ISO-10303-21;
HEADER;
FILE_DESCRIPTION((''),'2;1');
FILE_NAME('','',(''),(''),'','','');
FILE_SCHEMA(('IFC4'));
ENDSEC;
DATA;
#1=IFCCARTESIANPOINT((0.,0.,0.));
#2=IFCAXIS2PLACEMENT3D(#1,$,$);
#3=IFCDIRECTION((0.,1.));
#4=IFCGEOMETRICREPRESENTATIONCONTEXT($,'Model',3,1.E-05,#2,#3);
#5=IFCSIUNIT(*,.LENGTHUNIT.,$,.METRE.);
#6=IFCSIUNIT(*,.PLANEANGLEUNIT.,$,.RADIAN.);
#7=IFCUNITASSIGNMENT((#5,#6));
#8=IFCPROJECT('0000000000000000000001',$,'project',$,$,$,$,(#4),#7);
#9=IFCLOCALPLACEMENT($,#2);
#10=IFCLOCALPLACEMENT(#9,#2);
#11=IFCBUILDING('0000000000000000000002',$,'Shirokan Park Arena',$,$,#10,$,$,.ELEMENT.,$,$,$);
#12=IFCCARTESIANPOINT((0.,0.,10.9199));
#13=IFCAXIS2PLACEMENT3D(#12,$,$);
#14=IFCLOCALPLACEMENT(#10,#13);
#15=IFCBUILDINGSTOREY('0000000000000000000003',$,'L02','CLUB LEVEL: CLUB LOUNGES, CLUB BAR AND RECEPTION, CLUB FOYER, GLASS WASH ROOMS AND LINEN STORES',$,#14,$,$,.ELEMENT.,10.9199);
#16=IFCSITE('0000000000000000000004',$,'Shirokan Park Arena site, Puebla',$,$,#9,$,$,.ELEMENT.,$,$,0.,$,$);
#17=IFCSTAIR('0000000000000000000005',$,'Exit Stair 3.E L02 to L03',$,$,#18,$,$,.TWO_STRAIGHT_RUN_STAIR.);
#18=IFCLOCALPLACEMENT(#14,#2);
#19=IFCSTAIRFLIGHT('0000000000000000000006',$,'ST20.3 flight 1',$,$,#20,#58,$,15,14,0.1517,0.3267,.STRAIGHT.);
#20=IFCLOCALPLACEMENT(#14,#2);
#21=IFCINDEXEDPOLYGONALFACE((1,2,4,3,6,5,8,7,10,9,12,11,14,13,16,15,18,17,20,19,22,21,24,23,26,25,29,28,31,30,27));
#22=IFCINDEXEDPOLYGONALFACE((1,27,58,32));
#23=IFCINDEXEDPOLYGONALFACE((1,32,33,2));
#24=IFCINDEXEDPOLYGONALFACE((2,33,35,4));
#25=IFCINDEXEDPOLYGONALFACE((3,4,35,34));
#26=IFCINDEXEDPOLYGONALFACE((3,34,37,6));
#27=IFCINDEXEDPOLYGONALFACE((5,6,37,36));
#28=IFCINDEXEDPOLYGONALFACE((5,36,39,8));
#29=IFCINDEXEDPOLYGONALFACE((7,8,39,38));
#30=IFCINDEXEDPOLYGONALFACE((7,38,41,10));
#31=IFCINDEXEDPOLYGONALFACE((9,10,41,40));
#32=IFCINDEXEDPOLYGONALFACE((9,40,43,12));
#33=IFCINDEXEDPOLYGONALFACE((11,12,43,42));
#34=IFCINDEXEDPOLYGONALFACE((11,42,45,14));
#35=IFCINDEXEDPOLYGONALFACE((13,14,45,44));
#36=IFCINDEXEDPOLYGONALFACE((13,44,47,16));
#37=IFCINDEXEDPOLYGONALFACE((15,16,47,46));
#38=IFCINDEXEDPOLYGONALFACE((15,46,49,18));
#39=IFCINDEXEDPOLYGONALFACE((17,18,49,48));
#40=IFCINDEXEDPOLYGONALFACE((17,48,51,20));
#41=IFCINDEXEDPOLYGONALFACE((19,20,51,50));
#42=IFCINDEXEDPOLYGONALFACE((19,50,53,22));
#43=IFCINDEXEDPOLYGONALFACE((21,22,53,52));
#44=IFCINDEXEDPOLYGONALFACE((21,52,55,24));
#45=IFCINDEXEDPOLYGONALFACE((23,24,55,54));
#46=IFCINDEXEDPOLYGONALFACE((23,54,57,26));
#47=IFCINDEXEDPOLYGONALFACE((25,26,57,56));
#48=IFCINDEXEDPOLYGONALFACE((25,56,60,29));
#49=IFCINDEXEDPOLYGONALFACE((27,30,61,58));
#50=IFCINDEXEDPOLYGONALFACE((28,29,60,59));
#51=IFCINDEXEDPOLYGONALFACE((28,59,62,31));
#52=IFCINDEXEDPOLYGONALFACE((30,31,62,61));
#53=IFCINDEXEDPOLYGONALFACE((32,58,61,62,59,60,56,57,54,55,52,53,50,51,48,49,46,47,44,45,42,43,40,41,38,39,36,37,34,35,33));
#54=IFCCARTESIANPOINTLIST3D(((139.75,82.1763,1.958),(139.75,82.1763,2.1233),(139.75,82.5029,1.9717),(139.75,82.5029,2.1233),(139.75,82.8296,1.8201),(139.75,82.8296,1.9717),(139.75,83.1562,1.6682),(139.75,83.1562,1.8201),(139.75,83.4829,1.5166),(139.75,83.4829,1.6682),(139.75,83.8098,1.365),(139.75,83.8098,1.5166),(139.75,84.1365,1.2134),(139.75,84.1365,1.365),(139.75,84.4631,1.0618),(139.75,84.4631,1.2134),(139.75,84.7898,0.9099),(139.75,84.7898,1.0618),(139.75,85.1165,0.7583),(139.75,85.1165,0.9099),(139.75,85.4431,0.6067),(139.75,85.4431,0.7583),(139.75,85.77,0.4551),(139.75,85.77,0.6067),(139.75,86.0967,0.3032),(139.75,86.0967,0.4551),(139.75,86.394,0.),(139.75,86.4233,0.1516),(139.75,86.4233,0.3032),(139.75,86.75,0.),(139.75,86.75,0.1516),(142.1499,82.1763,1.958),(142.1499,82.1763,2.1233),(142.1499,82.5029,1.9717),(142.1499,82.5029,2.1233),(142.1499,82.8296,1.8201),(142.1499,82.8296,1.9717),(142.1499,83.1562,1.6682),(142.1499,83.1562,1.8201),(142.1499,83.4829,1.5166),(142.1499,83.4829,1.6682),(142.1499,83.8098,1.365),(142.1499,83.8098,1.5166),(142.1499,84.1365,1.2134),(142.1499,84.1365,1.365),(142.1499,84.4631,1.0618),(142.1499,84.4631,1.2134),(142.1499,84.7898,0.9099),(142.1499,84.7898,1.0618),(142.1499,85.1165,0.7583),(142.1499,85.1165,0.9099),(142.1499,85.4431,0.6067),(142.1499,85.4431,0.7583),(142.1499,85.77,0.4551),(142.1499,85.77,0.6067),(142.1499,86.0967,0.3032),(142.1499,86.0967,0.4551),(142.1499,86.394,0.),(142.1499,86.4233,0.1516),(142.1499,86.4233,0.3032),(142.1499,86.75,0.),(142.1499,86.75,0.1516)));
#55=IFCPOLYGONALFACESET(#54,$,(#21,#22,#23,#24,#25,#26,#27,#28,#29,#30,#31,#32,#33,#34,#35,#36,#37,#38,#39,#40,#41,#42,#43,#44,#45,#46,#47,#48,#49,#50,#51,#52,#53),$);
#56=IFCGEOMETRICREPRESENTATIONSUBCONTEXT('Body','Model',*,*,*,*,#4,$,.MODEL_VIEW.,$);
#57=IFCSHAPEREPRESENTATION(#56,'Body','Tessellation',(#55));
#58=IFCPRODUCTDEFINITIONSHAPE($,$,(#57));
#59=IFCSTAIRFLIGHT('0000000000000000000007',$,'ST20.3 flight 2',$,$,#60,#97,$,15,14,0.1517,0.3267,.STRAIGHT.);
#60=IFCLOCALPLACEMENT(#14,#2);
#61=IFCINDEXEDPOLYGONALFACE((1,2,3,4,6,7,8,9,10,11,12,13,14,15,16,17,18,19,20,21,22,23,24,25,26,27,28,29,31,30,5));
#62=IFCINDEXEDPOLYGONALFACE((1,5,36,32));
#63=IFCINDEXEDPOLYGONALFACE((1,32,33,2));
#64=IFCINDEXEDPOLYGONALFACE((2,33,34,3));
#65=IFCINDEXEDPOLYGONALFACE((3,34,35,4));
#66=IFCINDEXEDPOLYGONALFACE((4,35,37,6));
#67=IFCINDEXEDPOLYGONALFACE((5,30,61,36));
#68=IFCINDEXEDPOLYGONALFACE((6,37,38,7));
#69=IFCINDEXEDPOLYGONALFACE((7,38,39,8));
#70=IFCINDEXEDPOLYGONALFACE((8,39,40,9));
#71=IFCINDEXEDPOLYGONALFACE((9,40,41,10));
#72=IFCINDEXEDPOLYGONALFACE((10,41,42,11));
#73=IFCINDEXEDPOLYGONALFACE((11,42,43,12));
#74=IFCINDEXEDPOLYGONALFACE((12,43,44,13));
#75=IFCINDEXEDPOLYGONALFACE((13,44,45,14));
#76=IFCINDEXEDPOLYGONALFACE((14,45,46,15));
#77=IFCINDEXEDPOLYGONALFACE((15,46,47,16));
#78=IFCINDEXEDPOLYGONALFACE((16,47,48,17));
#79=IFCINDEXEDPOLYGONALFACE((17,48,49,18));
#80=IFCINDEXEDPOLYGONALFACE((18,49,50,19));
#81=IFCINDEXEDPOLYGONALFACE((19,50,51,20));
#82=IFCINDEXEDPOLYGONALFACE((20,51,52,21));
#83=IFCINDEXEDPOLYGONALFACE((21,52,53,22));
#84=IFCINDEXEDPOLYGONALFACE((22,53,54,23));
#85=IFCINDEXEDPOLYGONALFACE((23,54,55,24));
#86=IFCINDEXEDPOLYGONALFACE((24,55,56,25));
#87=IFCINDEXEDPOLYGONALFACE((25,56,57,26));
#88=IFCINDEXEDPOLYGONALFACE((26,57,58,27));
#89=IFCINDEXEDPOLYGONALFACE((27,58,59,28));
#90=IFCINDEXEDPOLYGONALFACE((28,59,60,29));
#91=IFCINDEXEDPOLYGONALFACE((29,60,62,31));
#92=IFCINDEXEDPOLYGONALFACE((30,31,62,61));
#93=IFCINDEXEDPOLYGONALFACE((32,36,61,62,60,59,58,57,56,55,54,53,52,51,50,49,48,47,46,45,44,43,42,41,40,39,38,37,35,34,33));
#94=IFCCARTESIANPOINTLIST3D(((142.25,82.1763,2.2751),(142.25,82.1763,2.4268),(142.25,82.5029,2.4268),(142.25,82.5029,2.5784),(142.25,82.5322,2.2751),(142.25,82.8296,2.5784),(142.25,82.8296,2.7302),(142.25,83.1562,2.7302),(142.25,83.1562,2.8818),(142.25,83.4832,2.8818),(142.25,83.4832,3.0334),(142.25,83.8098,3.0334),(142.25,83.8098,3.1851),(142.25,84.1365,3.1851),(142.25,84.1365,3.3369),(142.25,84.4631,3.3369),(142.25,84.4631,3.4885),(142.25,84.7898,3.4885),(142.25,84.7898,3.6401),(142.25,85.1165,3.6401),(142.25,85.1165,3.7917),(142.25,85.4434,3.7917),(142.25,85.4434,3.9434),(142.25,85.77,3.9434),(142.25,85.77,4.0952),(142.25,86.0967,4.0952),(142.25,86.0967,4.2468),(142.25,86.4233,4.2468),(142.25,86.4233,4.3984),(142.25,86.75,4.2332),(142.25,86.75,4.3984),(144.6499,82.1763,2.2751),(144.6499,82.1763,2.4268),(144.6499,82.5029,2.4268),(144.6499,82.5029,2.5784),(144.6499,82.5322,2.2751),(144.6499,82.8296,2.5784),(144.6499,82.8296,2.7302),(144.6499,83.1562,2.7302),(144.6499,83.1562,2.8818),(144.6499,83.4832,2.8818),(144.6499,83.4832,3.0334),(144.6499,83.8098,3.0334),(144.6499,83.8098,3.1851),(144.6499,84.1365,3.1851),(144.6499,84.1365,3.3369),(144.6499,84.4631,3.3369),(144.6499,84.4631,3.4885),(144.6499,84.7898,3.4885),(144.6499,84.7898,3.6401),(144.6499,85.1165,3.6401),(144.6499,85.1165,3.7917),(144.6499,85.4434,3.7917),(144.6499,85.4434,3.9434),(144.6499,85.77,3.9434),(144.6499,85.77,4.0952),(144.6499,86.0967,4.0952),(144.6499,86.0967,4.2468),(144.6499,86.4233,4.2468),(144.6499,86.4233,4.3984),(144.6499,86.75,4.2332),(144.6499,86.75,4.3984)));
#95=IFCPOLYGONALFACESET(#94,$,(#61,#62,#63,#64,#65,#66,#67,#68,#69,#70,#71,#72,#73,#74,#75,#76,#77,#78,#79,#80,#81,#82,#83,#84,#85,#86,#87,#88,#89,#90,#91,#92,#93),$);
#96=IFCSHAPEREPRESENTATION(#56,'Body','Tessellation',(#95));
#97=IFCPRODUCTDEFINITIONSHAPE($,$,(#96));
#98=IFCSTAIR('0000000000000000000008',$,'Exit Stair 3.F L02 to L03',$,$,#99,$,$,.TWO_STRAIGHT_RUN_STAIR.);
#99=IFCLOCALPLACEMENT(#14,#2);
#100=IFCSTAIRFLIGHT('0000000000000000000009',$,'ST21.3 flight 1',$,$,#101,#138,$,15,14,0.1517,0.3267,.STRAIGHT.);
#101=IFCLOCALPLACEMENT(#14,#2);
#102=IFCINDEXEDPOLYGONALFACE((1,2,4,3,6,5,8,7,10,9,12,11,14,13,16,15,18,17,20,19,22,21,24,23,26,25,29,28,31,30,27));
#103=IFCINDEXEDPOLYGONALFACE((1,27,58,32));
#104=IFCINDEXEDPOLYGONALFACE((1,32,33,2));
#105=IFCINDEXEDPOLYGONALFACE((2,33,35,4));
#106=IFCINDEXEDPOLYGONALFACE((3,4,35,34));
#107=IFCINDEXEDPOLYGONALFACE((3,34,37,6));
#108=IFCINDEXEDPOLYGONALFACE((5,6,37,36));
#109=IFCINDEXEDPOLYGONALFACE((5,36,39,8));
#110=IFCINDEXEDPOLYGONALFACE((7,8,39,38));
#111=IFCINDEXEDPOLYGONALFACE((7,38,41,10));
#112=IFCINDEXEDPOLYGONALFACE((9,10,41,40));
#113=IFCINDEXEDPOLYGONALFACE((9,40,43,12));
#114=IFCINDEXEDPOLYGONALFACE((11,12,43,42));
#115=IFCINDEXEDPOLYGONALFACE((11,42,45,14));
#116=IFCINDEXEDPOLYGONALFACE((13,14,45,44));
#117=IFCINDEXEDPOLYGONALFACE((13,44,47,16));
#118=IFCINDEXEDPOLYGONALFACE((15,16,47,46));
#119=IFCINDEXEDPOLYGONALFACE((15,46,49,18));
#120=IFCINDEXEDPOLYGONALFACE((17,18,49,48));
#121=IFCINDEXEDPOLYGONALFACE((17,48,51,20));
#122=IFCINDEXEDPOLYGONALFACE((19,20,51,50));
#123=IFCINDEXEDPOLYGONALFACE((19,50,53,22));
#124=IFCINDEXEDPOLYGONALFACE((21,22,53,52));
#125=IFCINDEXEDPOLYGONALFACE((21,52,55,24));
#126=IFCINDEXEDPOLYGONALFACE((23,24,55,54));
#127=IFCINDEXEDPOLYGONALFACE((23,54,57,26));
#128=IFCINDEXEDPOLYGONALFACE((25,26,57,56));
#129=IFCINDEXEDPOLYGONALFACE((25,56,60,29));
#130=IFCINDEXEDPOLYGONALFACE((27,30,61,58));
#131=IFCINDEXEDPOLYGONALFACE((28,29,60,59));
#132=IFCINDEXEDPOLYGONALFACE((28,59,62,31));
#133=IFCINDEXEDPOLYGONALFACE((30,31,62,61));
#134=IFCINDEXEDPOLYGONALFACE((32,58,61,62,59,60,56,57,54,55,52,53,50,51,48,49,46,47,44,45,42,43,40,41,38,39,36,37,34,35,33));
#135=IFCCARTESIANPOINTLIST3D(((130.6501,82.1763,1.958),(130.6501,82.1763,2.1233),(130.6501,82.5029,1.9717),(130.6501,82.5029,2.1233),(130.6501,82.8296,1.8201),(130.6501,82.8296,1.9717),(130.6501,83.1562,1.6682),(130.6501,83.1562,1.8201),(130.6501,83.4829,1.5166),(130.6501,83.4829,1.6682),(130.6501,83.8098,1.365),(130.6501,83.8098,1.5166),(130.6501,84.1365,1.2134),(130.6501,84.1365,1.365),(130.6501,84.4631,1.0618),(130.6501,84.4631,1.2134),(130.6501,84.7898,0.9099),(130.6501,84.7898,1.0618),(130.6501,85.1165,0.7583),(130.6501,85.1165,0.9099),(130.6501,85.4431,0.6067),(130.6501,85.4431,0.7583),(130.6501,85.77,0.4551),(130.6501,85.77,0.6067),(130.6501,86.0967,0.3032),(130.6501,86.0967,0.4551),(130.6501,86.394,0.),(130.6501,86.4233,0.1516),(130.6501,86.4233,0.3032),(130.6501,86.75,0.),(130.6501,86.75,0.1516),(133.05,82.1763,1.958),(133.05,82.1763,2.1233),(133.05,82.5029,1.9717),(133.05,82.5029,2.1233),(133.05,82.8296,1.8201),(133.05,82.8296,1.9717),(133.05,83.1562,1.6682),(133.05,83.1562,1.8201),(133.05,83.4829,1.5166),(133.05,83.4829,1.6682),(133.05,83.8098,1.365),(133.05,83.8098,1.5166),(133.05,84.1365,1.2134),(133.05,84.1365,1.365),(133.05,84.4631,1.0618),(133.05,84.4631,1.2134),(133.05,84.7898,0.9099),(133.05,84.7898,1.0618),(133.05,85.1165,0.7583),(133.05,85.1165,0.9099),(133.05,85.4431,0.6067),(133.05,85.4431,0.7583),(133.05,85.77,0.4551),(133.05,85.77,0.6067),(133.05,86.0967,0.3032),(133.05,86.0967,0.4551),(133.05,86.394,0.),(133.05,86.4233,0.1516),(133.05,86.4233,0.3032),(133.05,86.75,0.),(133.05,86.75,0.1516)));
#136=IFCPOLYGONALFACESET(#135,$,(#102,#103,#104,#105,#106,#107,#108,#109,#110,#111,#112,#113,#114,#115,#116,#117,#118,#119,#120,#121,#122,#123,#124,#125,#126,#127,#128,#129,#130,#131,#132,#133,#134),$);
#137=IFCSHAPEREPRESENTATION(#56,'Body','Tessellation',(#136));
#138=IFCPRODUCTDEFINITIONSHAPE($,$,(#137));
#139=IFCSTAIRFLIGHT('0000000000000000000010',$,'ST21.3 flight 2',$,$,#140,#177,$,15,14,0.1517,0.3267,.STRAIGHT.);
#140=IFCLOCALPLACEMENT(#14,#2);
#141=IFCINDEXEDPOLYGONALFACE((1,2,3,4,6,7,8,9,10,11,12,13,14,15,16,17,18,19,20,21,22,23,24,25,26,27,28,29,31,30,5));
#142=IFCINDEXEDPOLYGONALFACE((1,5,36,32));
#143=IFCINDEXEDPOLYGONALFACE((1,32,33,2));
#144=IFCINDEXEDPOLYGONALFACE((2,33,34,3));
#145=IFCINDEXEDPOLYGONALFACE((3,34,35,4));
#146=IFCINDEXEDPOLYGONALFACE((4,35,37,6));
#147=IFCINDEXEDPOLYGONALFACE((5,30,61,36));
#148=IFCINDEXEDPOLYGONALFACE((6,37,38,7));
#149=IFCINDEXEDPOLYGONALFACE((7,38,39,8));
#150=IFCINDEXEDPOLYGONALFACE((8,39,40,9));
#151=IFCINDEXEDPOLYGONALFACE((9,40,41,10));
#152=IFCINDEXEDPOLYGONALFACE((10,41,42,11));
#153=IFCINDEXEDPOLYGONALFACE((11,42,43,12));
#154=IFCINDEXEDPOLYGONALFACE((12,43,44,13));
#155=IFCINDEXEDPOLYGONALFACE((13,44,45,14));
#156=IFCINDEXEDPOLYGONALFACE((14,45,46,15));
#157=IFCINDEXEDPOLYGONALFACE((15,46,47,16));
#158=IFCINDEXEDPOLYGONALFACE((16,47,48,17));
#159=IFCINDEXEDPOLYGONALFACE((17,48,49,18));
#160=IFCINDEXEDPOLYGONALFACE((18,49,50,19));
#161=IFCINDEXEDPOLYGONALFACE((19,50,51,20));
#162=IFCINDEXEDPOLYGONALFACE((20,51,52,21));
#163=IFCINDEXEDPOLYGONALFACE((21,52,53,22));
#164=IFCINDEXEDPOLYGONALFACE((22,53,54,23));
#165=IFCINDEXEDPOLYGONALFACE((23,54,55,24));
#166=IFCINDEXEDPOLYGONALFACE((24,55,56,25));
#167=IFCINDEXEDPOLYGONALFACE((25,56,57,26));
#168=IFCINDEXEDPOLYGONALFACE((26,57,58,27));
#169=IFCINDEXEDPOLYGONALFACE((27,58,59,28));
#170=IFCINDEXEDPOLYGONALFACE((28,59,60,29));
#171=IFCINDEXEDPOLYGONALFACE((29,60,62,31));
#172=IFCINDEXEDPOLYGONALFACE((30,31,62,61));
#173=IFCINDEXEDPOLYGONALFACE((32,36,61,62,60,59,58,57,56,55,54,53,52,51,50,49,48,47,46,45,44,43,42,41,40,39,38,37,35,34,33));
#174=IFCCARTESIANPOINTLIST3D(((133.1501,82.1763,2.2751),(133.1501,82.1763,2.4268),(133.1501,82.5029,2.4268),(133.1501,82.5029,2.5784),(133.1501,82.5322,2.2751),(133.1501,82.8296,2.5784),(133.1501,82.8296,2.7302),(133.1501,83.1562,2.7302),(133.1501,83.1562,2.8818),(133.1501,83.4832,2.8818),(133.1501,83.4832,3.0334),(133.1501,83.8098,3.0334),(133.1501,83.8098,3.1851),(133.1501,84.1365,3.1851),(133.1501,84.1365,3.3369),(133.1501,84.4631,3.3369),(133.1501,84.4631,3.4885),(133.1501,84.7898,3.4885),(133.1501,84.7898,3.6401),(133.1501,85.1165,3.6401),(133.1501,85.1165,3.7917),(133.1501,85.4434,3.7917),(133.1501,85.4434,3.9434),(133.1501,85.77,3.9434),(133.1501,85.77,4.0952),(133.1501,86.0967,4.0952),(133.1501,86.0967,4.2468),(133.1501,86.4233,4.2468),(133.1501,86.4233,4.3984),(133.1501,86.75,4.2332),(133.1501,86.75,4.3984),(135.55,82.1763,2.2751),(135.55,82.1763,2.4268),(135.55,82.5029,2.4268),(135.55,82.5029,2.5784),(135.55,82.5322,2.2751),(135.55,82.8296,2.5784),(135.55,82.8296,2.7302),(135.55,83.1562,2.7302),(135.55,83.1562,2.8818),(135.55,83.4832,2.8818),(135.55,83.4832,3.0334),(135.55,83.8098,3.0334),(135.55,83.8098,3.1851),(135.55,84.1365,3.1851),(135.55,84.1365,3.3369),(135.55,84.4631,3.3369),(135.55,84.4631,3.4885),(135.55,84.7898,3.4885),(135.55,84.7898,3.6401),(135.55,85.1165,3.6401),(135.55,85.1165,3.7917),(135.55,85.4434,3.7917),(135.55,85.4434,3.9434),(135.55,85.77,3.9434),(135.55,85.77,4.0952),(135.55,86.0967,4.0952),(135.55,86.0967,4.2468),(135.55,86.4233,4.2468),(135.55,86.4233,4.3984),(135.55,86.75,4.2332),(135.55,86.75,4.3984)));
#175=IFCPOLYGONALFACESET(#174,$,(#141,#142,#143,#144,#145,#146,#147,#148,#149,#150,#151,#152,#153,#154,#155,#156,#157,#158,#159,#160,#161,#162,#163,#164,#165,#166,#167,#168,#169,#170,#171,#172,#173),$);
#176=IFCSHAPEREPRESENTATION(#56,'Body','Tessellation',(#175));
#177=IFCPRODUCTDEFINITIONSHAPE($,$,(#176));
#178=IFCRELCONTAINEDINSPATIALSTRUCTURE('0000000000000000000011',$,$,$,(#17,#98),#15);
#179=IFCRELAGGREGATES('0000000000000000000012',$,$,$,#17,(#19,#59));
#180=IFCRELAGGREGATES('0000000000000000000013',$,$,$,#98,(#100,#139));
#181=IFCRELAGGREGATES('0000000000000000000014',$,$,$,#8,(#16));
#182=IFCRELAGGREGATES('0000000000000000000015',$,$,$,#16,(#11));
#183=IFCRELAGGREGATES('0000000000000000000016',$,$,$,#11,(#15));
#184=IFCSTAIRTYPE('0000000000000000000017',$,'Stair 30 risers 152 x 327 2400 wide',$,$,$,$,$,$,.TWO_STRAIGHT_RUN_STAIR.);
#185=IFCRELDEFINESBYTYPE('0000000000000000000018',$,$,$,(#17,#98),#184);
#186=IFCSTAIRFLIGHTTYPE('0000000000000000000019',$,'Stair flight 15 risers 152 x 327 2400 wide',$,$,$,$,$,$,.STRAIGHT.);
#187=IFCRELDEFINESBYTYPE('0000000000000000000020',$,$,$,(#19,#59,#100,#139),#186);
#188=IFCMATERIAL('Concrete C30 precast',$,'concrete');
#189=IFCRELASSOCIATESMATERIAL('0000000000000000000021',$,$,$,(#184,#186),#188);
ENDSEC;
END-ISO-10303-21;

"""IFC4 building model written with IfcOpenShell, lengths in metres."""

from ifc_helpers import new_model, si_unit, direction, frame, origin, place, context, subcontext, project, spatial, polyline, outline, extrude, material, type_object, element, aggregate, save


model = new_model("IFC4")

# Units and contexts
model_context = context("Model", 3, precision=1e-05, world=origin(), true_north=direction((0.0, 1.0)))
body_context = subcontext(model_context, "Body", "Model", "MODEL_VIEW")
ifc_project = project(units=[si_unit("LENGTHUNIT", "METRE"), si_unit("PLANEANGLEUNIT", "RADIAN")], contexts=[model_context])

# Site, building, storey
site_placement = place(None, origin())
site = spatial("IfcSite", under=ifc_project, at=site_placement, Name="Shirokan Park Arena site, Puebla", CompositionType="ELEMENT", RefElevation=0.0)
building_placement = place(site_placement, origin())
building = spatial("IfcBuilding", under=site, at=building_placement, Name="Shirokan Park Arena", CompositionType="ELEMENT")
storey_placement = place(building_placement, frame((0.0, 0.0, 10.9199)))
storey = spatial("IfcBuildingStorey", under=building, at=storey_placement, Name="L02", Description="CLUB LEVEL: CLUB LOUNGES, CLUB BAR AND RECEPTION, CLUB FOYER, GLASS WASH ROOMS AND LINEN STORES", CompositionType="ELEMENT", Elevation=10.9199)

# Stairs, stair flights
ifc_material_1 = material(Name="Concrete C30 precast", Category="concrete")
stair_type = type_object("IfcStairType", Name="Stair 30 risers 152 x 327 2400 wide", PredefinedType="TWO_STRAIGHT_RUN_STAIR", material=ifc_material_1)
stair_1_placement = place(storey_placement, origin())
stair_1 = element("IfcStair", 1, at=stair_1_placement, inside=storey, type_object=stair_type, Name="Exit Stair 3.E L02 to L03", PredefinedType="TWO_STRAIGHT_RUN_STAIR")
stair_flight_type = type_object("IfcStairFlightType", Name="Stair flight 15 risers 152 x 327 2400 wide", PredefinedType="STRAIGHT", material=ifc_material_1)
stair_flight_1_placement = place(storey_placement, frame((140.95, 86.75, 0.0), z_axis=(0.0, 0.0, 1.0), x_axis=(0.0, -1.0, 0.0)))
stair_flight_1 = element("IfcStairFlight", 2, at=stair_flight_1_placement, type_object=stair_flight_type, Name="ST20.3 flight 1", NumberOfRisers=15, NumberOfTreads=14, PredefinedType="STRAIGHT", RiserHeight=0.1517, TreadLength=0.3267, context=body_context, shape_type="SweptSolid", body=[
    extrude(outline(polyline([(0.0, 0.0), (0.0, 0.1516), (0.3267, 0.1516), (0.3267, 0.3032), (0.6533, 0.3032), (0.6533, 0.4551), (0.98, 0.4551), (0.98, 0.6067), (1.3069, 0.6067), (1.3069, 0.7583), (1.6335, 0.7583), (1.6335, 0.9099), (1.9602, 0.9099), (1.9602, 1.0618), (2.2869, 1.0618), (2.2869, 1.2134), (2.6135, 1.2134), (2.6135, 1.365), (2.9402, 1.365), (2.9402, 1.5166), (3.2671, 1.5166), (3.2671, 1.6682), (3.5938, 1.6682), (3.5938, 1.8201), (3.9204, 1.8201), (3.9204, 1.9717), (4.2471, 1.9717), (4.2471, 2.1233), (4.5737, 2.1233), (4.5737, 2.2749), (4.5737, 1.958), (0.356, 0.0), (0.0, 0.0)])), frame((0.0, 1.2, 0.0), z_axis=(0.0, -1.0, 0.0), x_axis=(1.0, 0.0, 0.0)), (0.0, 0.0, 1.0), 2.3999),
])
stair_flight_2_placement = place(storey_placement, frame((143.45, 82.1763, 2.2751), z_axis=(0.0, 0.0, 1.0), x_axis=(0.0, 1.0, 0.0)))
stair_flight_2 = element("IfcStairFlight", 3, at=stair_flight_2_placement, type_object=stair_flight_type, Name="ST20.3 flight 2", NumberOfRisers=15, NumberOfTreads=14, PredefinedType="STRAIGHT", RiserHeight=0.1517, TreadLength=0.3267, context=body_context, shape_type="SweptSolid", body=[
    extrude(outline(polyline([(0.0, 0.0), (0.0, 0.1516), (0.3267, 0.1516), (0.3267, 0.3032), (0.6533, 0.3032), (0.6533, 0.4551), (0.98, 0.4551), (0.98, 0.6067), (1.3069, 0.6067), (1.3069, 0.7583), (1.6335, 0.7583), (1.6335, 0.9099), (1.9602, 0.9099), (1.9602, 1.0618), (2.2869, 1.0618), (2.2869, 1.2134), (2.6135, 1.2134), (2.6135, 1.365), (2.9402, 1.365), (2.9402, 1.5166), (3.2671, 1.5166), (3.2671, 1.6682), (3.5938, 1.6682), (3.5938, 1.8201), (3.9204, 1.8201), (3.9204, 1.9717), (4.2471, 1.9717), (4.2471, 2.1233), (4.5737, 2.1233), (4.5737, 2.2749), (4.5737, 1.958), (0.356, 0.0), (0.0, 0.0)])), frame((0.0, 1.2, 0.0), z_axis=(0.0, -1.0, 0.0), x_axis=(1.0, 0.0, 0.0)), (0.0, 0.0, 1.0), 2.3999),
])
aggregate(stair_1, [stair_flight_1, stair_flight_2])
stair_2_placement = place(storey_placement, origin())
stair_2 = element("IfcStair", 4, at=stair_2_placement, inside=storey, type_object=stair_type, Name="Exit Stair 3.F L02 to L03", PredefinedType="TWO_STRAIGHT_RUN_STAIR")
stair_flight_3_placement = place(storey_placement, frame((131.8501, 86.75, 0.0), z_axis=(0.0, 0.0, 1.0), x_axis=(0.0, -1.0, 0.0)))
stair_flight_3 = element("IfcStairFlight", 5, at=stair_flight_3_placement, type_object=stair_flight_type, Name="ST21.3 flight 1", NumberOfRisers=15, NumberOfTreads=14, PredefinedType="STRAIGHT", RiserHeight=0.1517, TreadLength=0.3267, context=body_context, shape_type="SweptSolid", body=[
    extrude(outline(polyline([(0.0, 0.0), (0.0, 0.1516), (0.3267, 0.1516), (0.3267, 0.3032), (0.6533, 0.3032), (0.6533, 0.4551), (0.98, 0.4551), (0.98, 0.6067), (1.3069, 0.6067), (1.3069, 0.7583), (1.6335, 0.7583), (1.6335, 0.9099), (1.9602, 0.9099), (1.9602, 1.0618), (2.2869, 1.0618), (2.2869, 1.2134), (2.6135, 1.2134), (2.6135, 1.365), (2.9402, 1.365), (2.9402, 1.5166), (3.2671, 1.5166), (3.2671, 1.6682), (3.5938, 1.6682), (3.5938, 1.8201), (3.9204, 1.8201), (3.9204, 1.9717), (4.2471, 1.9717), (4.2471, 2.1233), (4.5737, 2.1233), (4.5737, 2.2749), (4.5737, 1.958), (0.356, 0.0), (0.0, 0.0)])), frame((0.0, 1.2, 0.0), z_axis=(0.0, -1.0, 0.0), x_axis=(1.0, 0.0, 0.0)), (0.0, 0.0, 1.0), 2.3999),
])
stair_flight_4_placement = place(storey_placement, frame((134.3501, 82.1763, 2.2751), z_axis=(0.0, 0.0, 1.0), x_axis=(0.0, 1.0, 0.0)))
stair_flight_4 = element("IfcStairFlight", 6, at=stair_flight_4_placement, type_object=stair_flight_type, Name="ST21.3 flight 2", NumberOfRisers=15, NumberOfTreads=14, PredefinedType="STRAIGHT", RiserHeight=0.1517, TreadLength=0.3267, context=body_context, shape_type="SweptSolid", body=[
    extrude(outline(polyline([(0.0, 0.0), (0.0, 0.1516), (0.3267, 0.1516), (0.3267, 0.3032), (0.6533, 0.3032), (0.6533, 0.4551), (0.98, 0.4551), (0.98, 0.6067), (1.3069, 0.6067), (1.3069, 0.7583), (1.6335, 0.7583), (1.6335, 0.9099), (1.9602, 0.9099), (1.9602, 1.0618), (2.2869, 1.0618), (2.2869, 1.2134), (2.6135, 1.2134), (2.6135, 1.365), (2.9402, 1.365), (2.9402, 1.5166), (3.2671, 1.5166), (3.2671, 1.6682), (3.5938, 1.6682), (3.5938, 1.8201), (3.9204, 1.8201), (3.9204, 1.9717), (4.2471, 1.9717), (4.2471, 2.1233), (4.5737, 2.1233), (4.5737, 2.2749), (4.5737, 1.958), (0.356, 0.0), (0.0, 0.0)])), frame((0.0, 1.2, 0.0), z_axis=(0.0, -1.0, 0.0), x_axis=(1.0, 0.0, 0.0)), (0.0, 0.0, 1.0), 2.3999),
])
aggregate(stair_2, [stair_flight_3, stair_flight_4])

save(model, "model.ifc")
